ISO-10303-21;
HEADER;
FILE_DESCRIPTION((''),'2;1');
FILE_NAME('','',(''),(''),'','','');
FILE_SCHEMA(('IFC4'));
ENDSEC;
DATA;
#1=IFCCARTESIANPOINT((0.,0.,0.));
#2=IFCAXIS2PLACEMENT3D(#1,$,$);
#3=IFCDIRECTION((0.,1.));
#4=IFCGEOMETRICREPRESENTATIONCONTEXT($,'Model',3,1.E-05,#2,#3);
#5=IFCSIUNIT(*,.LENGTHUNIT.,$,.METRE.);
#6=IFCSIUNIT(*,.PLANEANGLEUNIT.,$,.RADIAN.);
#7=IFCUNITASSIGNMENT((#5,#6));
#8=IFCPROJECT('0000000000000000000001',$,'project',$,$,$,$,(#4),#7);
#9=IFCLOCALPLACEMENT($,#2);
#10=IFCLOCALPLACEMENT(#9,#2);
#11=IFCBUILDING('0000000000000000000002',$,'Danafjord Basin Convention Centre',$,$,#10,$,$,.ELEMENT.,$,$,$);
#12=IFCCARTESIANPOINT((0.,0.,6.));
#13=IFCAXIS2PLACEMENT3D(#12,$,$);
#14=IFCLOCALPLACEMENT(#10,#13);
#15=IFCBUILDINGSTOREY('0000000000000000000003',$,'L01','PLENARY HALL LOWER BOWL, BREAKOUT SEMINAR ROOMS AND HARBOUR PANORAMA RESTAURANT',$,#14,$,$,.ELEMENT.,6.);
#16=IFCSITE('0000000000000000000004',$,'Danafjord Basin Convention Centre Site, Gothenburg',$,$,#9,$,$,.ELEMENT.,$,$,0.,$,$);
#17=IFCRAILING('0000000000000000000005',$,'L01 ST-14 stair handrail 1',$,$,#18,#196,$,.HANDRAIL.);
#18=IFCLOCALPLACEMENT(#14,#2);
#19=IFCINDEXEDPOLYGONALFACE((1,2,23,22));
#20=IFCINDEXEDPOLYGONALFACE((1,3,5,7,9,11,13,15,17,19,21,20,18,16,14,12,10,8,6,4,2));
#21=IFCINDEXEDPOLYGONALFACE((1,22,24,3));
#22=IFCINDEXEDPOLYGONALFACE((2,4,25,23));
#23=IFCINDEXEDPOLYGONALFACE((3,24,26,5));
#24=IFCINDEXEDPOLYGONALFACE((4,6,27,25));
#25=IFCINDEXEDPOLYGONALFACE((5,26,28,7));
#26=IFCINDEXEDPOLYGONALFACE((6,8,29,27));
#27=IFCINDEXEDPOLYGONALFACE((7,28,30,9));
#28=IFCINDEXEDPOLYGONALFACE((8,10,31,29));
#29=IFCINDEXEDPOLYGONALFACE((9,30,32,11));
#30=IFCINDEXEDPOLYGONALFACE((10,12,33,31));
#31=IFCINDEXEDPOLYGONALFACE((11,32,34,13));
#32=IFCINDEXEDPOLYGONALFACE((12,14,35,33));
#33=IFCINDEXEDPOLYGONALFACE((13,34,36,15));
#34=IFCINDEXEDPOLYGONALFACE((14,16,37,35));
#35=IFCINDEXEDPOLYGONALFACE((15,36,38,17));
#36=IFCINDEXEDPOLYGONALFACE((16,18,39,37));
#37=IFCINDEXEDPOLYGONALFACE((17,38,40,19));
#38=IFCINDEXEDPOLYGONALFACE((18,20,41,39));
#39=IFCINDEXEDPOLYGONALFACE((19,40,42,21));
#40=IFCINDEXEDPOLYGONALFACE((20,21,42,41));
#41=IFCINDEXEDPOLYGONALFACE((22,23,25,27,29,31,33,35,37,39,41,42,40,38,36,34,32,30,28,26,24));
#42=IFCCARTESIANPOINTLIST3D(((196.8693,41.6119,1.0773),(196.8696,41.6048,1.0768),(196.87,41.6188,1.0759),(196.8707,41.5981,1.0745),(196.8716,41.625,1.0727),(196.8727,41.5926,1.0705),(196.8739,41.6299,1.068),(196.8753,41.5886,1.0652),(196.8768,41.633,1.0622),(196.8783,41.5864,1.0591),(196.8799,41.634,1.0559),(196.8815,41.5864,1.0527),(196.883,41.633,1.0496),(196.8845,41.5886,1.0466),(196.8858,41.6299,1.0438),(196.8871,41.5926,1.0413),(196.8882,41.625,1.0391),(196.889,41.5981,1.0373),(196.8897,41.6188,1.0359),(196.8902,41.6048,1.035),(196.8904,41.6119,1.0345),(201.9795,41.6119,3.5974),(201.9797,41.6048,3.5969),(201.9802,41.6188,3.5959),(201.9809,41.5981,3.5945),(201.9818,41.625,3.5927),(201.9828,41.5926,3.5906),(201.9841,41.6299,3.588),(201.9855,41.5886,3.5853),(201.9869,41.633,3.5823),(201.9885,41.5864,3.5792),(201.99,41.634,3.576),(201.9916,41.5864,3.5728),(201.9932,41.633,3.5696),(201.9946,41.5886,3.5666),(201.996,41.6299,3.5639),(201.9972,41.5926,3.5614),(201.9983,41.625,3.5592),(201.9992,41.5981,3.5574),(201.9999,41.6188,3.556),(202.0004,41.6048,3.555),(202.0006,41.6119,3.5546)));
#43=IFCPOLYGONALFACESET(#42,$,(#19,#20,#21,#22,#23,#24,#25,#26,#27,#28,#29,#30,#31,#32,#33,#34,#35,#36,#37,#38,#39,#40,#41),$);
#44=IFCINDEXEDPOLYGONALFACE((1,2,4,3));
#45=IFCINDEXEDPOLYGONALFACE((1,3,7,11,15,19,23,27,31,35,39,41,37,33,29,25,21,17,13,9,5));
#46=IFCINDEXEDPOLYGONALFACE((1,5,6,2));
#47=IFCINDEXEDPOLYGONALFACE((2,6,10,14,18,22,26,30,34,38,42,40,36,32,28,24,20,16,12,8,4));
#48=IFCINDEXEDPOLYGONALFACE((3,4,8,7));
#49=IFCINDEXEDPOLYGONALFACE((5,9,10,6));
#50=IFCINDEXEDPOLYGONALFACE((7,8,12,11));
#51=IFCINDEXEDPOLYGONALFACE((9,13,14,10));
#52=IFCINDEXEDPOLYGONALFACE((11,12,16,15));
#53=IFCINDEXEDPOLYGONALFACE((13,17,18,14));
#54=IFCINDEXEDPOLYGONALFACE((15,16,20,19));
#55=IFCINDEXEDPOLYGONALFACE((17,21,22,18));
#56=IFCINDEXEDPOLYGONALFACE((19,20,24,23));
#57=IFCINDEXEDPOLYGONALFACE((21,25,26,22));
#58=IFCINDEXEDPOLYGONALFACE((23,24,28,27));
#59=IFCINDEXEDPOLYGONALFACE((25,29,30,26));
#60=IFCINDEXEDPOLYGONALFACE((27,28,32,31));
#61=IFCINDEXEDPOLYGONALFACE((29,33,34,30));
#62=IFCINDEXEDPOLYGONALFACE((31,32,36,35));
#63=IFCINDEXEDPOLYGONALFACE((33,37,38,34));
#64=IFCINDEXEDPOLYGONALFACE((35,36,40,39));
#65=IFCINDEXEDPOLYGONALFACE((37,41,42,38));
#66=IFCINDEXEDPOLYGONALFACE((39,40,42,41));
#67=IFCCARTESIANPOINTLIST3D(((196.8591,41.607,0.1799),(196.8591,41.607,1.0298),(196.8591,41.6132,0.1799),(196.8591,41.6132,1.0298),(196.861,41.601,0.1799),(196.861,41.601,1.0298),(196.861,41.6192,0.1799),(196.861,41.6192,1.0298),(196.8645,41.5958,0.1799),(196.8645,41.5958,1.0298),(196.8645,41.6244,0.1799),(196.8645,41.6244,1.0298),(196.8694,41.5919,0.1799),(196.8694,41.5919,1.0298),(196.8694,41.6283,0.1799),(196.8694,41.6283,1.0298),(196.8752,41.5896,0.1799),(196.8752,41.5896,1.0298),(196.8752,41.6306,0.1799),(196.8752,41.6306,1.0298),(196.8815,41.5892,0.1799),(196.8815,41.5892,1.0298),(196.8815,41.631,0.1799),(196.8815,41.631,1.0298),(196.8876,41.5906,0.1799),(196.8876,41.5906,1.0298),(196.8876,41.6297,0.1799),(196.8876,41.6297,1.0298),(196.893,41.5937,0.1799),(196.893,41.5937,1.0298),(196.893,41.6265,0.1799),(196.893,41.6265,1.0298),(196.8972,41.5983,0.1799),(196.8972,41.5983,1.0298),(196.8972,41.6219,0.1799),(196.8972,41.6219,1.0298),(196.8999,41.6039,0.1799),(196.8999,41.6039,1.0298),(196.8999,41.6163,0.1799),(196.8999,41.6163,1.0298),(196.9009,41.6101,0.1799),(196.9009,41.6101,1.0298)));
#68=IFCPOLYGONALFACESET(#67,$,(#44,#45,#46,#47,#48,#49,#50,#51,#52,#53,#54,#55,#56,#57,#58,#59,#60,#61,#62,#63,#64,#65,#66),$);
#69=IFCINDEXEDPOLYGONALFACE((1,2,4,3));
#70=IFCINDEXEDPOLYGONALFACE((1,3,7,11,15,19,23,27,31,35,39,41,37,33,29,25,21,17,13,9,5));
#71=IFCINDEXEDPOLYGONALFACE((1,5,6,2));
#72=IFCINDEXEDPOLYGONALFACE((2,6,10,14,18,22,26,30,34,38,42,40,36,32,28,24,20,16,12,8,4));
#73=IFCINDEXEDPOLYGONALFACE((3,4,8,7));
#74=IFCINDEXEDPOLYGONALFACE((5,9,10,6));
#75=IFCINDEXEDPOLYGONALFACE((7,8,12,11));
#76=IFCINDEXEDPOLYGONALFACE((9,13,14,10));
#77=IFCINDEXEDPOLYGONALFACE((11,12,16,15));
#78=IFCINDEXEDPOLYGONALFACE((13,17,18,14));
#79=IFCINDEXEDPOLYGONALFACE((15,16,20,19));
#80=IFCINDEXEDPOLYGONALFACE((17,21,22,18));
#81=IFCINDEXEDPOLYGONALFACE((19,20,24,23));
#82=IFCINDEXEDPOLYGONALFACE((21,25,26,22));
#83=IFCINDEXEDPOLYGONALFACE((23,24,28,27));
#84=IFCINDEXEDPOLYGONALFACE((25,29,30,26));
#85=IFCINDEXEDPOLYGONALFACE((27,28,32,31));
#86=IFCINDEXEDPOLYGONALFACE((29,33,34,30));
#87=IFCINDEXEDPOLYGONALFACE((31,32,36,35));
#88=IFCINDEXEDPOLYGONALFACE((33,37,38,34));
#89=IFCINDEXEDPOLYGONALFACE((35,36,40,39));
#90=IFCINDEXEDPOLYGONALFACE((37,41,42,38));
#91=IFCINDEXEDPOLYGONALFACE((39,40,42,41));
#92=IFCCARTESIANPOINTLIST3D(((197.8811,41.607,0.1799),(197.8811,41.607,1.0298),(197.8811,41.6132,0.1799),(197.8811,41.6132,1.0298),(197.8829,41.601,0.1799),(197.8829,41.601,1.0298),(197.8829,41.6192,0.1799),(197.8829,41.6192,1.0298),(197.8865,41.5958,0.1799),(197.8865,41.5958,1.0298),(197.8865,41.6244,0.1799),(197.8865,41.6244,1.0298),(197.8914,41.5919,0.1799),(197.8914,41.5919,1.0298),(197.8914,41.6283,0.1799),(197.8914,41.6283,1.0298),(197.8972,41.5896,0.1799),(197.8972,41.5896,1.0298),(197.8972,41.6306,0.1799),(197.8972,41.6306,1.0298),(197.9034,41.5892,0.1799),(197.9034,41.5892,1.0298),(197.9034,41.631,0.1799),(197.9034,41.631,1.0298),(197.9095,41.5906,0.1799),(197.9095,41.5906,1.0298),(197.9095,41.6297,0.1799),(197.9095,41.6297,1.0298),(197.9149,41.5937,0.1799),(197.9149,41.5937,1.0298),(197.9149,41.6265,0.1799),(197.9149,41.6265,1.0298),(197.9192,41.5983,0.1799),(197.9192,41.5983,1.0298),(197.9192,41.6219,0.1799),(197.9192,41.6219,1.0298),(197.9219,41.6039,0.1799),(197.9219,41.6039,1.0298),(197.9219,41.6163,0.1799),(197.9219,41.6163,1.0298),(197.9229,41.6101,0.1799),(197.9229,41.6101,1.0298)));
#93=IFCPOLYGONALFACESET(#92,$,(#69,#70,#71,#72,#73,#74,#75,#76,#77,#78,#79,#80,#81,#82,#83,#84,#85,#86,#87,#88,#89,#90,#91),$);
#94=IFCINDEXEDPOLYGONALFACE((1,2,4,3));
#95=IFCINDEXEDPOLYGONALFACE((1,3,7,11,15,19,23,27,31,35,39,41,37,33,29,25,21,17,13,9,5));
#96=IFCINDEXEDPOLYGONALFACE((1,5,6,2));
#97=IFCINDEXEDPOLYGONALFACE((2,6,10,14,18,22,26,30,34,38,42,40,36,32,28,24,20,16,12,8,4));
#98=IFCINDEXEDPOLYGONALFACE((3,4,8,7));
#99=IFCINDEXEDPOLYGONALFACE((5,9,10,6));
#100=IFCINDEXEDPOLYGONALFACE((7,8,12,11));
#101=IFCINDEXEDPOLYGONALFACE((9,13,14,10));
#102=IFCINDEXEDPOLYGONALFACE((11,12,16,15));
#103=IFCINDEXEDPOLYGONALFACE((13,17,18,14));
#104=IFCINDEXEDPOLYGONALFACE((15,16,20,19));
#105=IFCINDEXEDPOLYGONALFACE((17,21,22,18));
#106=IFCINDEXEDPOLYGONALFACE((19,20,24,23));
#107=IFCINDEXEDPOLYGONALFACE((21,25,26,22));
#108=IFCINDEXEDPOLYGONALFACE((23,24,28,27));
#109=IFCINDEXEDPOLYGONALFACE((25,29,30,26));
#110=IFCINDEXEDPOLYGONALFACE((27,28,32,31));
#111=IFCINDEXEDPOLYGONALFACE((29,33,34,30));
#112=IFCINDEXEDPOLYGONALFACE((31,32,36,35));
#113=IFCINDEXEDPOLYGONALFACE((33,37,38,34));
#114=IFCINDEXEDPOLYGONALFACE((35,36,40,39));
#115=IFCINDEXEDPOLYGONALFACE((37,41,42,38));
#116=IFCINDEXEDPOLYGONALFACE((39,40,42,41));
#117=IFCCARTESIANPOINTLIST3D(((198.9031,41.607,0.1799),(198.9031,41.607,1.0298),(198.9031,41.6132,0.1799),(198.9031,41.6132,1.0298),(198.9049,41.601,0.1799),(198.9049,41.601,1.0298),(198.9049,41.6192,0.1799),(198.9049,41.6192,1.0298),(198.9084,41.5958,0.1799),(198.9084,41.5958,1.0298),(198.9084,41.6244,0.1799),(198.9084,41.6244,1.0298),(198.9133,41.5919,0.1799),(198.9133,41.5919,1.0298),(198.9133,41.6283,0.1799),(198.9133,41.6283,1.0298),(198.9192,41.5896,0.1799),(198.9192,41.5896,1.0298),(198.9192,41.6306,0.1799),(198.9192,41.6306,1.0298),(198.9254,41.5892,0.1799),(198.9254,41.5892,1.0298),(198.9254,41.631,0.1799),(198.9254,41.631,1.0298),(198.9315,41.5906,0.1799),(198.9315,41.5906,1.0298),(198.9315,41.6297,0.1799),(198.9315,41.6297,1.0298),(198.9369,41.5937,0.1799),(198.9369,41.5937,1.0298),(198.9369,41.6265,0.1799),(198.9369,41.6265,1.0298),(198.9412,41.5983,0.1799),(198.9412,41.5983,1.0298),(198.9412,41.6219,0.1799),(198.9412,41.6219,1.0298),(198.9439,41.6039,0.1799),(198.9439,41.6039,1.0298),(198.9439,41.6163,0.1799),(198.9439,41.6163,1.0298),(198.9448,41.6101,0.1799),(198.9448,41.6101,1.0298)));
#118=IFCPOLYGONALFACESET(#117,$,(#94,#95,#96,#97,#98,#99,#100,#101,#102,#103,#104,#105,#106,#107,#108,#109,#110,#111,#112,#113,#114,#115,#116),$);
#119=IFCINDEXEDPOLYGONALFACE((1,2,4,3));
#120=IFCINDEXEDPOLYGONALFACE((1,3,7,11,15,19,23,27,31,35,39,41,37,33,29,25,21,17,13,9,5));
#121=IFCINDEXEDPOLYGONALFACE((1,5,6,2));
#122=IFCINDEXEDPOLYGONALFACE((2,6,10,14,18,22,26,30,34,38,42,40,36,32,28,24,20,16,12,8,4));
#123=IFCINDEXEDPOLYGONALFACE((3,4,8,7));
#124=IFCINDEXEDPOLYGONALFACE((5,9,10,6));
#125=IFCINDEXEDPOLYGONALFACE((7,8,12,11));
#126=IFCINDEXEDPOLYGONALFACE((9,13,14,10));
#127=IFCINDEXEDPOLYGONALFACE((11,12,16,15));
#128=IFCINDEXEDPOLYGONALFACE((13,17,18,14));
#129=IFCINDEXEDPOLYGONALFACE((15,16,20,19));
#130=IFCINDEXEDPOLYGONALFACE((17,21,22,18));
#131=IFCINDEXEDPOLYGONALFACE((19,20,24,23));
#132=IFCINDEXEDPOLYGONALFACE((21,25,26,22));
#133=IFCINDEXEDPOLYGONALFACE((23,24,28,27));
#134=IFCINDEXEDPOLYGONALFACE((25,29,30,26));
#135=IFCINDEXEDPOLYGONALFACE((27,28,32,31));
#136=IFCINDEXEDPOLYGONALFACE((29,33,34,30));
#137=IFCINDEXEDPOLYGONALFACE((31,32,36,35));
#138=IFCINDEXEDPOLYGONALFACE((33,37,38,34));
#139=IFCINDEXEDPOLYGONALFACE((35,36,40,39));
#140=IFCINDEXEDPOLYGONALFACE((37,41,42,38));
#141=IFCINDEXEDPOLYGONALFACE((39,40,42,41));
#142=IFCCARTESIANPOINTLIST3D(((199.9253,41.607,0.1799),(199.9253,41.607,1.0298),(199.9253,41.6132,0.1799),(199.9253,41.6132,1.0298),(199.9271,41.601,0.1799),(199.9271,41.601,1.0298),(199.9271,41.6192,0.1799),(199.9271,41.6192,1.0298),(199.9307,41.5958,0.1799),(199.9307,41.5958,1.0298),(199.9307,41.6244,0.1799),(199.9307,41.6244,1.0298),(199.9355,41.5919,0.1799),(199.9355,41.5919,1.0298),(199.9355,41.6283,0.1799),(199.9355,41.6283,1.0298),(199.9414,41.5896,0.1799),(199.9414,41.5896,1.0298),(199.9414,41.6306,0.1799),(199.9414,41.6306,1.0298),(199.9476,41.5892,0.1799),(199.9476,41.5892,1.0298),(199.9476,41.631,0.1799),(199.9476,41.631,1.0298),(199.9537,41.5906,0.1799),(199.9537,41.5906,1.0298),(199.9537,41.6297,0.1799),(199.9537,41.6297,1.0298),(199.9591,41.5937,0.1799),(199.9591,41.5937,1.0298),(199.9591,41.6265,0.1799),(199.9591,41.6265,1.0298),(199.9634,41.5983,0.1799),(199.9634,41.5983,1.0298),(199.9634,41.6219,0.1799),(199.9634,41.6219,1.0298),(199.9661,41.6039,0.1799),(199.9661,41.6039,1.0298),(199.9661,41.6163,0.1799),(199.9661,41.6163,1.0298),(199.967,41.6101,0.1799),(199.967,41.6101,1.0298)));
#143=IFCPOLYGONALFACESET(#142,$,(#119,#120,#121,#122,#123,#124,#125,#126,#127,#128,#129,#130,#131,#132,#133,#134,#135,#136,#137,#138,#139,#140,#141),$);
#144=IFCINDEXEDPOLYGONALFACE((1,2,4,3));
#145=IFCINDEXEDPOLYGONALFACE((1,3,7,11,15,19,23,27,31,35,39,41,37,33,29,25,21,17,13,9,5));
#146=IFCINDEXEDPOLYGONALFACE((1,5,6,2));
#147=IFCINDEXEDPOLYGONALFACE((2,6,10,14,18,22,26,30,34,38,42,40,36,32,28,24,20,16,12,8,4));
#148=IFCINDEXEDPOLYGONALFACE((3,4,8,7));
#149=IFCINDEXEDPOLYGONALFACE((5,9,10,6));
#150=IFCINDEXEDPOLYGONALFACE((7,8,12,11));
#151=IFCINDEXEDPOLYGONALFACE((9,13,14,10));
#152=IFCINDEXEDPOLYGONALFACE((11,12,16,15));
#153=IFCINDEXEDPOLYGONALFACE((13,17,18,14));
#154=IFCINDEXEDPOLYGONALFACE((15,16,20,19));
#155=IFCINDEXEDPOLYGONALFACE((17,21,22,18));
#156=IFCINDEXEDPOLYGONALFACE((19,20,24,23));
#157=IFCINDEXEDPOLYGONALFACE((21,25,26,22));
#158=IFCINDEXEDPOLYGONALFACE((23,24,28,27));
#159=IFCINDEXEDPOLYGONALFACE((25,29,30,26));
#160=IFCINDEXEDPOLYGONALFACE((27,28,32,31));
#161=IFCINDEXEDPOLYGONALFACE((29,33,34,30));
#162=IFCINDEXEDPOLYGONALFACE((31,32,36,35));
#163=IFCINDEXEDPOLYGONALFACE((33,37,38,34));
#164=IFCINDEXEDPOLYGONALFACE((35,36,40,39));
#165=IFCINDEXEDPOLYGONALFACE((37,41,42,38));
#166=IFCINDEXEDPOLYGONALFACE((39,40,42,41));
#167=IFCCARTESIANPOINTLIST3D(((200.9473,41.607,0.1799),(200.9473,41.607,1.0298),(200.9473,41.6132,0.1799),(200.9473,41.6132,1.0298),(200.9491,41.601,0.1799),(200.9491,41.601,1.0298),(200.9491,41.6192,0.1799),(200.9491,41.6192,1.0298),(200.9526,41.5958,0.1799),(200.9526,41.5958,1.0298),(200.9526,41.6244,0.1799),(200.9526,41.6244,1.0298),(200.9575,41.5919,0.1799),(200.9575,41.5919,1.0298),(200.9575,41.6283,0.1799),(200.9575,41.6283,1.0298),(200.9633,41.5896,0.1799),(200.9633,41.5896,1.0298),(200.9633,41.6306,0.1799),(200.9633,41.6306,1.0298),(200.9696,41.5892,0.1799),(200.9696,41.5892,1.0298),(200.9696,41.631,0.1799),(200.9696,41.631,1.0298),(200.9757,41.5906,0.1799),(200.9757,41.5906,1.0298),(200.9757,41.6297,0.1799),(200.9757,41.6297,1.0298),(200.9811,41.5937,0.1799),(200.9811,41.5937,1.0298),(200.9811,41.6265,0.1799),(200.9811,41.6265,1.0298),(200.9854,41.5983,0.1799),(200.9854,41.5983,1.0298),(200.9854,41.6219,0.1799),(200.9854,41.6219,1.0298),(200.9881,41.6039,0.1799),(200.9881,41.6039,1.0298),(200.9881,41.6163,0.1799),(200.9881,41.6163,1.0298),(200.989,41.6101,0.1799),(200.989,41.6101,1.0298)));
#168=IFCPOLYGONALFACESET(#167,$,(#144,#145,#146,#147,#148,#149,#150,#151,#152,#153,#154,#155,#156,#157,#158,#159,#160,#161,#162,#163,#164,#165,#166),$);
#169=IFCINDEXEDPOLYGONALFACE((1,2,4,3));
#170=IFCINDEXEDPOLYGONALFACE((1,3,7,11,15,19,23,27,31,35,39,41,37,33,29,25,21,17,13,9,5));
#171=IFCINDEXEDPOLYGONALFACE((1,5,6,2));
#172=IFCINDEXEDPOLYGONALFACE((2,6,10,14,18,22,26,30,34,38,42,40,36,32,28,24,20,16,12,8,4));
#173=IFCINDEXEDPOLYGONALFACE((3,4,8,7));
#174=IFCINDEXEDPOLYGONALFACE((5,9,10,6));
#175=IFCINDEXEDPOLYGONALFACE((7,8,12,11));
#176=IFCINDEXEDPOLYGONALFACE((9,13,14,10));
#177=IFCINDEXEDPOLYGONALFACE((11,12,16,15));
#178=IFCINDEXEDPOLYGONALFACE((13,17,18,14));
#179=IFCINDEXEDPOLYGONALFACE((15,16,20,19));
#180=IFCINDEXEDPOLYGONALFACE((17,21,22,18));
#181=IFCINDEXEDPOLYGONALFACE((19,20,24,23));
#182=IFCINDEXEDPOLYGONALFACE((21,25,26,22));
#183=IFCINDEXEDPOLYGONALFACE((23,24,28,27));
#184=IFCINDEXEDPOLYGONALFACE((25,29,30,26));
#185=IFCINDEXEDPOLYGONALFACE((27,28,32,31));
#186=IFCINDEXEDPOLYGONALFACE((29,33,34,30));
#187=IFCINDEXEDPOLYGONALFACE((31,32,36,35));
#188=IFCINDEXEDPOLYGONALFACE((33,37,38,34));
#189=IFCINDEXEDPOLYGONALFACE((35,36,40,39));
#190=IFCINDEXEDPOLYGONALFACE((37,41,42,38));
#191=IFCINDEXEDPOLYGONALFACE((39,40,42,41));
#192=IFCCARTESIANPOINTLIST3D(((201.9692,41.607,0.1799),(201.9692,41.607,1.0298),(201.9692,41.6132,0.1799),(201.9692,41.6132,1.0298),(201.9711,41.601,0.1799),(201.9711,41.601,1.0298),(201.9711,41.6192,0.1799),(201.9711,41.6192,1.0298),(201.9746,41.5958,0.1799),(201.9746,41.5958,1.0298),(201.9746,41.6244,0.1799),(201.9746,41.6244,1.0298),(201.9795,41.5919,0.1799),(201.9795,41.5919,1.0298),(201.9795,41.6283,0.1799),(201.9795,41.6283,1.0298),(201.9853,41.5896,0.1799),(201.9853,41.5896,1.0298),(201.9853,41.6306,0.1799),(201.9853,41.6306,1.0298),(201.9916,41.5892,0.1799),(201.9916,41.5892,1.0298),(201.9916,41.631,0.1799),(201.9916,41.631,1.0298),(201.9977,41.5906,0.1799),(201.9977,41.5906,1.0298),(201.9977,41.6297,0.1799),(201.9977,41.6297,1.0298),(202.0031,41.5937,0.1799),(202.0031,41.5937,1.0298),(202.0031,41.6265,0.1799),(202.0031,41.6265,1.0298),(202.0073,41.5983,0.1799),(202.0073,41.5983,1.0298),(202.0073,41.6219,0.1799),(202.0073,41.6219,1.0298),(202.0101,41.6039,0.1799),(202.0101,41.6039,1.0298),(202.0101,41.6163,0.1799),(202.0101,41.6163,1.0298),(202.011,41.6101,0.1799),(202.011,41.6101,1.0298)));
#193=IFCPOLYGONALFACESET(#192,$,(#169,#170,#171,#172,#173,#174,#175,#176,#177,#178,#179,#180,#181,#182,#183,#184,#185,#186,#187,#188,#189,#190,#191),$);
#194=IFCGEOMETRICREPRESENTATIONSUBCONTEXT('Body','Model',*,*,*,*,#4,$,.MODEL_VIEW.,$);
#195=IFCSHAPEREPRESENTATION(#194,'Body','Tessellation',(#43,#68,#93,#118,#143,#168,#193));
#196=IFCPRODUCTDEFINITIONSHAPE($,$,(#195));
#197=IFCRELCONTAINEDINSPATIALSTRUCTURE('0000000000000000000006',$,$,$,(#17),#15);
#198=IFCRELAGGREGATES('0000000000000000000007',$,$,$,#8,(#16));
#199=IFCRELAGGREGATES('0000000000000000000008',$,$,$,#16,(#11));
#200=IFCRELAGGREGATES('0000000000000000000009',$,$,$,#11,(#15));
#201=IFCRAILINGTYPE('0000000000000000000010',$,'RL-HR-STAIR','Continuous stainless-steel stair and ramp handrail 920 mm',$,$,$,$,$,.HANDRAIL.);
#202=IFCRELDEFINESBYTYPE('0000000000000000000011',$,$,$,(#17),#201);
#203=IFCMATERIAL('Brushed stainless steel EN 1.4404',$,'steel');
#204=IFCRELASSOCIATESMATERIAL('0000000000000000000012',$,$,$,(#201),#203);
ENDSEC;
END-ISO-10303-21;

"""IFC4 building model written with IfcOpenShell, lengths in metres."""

from ifc_helpers import new_model, si_unit, direction, frame, origin, origin_2d, place, context, subcontext, project, spatial, circle, extrude, material, type_object, element, save


model = new_model("IFC4")

# Units and contexts
model_context = context("Model", 3, precision=1e-05, world=origin(), true_north=direction((0.0, 1.0)))
body_context = subcontext(model_context, "Body", "Model", "MODEL_VIEW")
ifc_project = project(units=[si_unit("LENGTHUNIT", "METRE"), si_unit("PLANEANGLEUNIT", "RADIAN")], contexts=[model_context])

# Site, building, storey
site_placement = place(None, origin())
site = spatial("IfcSite", under=ifc_project, at=site_placement, Name="Danafjord Basin Convention Centre Site, Gothenburg", CompositionType="ELEMENT", RefElevation=0.0)
building_placement = place(site_placement, origin())
building = spatial("IfcBuilding", under=site, at=building_placement, Name="Danafjord Basin Convention Centre", CompositionType="ELEMENT")
storey_placement = place(building_placement, frame((0.0, 0.0, 6.0)))
storey = spatial("IfcBuildingStorey", under=building, at=storey_placement, Name="L01", Description="PLENARY HALL LOWER BOWL, BREAKOUT SEMINAR ROOMS AND HARBOUR PANORAMA RESTAURANT", CompositionType="ELEMENT", Elevation=6.0)

# Railing
ifc_material_1 = material(Name="Brushed stainless steel EN 1.4404", Category="steel")
railing_type_1 = type_object("IfcRailingType", Name="RL-HR-STAIR", Description="Continuous stainless-steel stair and ramp handrail 920 mm", PredefinedType="HANDRAIL", material=ifc_material_1)
railing_1_placement = place(storey_placement, frame((196.8799, 41.6101, 0.1799)))
element("IfcRailing", 1, at=railing_1_placement, inside=storey, type_object=railing_type_1, Name="L01 ST-14 stair handrail 1", PredefinedType="HANDRAIL", context=body_context, shape_type="SweptSolid", body=[
    extrude(circle(Radius=0.0239, at=origin_2d()), frame((0.0, 0.0, 0.876), z_axis=(0.896873, 0.0, 0.442288), x_axis=(0.0, 1.0, 0.0)), (0.0, 0.0, 1.0), 5.6978),
    extrude(circle(Radius=0.021, at=origin_2d()), origin(), (0.0, 0.0, 1.0), 0.8499),
    extrude(circle(Radius=0.021, at=origin_2d()), frame((1.022, 0.0, 0.0)), (0.0, 0.0, 1.0), 0.8499),
    extrude(circle(Radius=0.021, at=origin_2d()), frame((2.0439, 0.0, 0.0)), (0.0, 0.0, 1.0), 0.8499),
    extrude(circle(Radius=0.021, at=origin_2d()), frame((3.0662, 0.0, 0.0)), (0.0, 0.0, 1.0), 0.8499),
    extrude(circle(Radius=0.021, at=origin_2d()), frame((4.0881, 0.0, 0.0)), (0.0, 0.0, 1.0), 0.8499),
    extrude(circle(Radius=0.021, at=origin_2d()), frame((5.1101, 0.0, 0.0)), (0.0, 0.0, 1.0), 0.8499),
])

save(model, "model.ifc")
